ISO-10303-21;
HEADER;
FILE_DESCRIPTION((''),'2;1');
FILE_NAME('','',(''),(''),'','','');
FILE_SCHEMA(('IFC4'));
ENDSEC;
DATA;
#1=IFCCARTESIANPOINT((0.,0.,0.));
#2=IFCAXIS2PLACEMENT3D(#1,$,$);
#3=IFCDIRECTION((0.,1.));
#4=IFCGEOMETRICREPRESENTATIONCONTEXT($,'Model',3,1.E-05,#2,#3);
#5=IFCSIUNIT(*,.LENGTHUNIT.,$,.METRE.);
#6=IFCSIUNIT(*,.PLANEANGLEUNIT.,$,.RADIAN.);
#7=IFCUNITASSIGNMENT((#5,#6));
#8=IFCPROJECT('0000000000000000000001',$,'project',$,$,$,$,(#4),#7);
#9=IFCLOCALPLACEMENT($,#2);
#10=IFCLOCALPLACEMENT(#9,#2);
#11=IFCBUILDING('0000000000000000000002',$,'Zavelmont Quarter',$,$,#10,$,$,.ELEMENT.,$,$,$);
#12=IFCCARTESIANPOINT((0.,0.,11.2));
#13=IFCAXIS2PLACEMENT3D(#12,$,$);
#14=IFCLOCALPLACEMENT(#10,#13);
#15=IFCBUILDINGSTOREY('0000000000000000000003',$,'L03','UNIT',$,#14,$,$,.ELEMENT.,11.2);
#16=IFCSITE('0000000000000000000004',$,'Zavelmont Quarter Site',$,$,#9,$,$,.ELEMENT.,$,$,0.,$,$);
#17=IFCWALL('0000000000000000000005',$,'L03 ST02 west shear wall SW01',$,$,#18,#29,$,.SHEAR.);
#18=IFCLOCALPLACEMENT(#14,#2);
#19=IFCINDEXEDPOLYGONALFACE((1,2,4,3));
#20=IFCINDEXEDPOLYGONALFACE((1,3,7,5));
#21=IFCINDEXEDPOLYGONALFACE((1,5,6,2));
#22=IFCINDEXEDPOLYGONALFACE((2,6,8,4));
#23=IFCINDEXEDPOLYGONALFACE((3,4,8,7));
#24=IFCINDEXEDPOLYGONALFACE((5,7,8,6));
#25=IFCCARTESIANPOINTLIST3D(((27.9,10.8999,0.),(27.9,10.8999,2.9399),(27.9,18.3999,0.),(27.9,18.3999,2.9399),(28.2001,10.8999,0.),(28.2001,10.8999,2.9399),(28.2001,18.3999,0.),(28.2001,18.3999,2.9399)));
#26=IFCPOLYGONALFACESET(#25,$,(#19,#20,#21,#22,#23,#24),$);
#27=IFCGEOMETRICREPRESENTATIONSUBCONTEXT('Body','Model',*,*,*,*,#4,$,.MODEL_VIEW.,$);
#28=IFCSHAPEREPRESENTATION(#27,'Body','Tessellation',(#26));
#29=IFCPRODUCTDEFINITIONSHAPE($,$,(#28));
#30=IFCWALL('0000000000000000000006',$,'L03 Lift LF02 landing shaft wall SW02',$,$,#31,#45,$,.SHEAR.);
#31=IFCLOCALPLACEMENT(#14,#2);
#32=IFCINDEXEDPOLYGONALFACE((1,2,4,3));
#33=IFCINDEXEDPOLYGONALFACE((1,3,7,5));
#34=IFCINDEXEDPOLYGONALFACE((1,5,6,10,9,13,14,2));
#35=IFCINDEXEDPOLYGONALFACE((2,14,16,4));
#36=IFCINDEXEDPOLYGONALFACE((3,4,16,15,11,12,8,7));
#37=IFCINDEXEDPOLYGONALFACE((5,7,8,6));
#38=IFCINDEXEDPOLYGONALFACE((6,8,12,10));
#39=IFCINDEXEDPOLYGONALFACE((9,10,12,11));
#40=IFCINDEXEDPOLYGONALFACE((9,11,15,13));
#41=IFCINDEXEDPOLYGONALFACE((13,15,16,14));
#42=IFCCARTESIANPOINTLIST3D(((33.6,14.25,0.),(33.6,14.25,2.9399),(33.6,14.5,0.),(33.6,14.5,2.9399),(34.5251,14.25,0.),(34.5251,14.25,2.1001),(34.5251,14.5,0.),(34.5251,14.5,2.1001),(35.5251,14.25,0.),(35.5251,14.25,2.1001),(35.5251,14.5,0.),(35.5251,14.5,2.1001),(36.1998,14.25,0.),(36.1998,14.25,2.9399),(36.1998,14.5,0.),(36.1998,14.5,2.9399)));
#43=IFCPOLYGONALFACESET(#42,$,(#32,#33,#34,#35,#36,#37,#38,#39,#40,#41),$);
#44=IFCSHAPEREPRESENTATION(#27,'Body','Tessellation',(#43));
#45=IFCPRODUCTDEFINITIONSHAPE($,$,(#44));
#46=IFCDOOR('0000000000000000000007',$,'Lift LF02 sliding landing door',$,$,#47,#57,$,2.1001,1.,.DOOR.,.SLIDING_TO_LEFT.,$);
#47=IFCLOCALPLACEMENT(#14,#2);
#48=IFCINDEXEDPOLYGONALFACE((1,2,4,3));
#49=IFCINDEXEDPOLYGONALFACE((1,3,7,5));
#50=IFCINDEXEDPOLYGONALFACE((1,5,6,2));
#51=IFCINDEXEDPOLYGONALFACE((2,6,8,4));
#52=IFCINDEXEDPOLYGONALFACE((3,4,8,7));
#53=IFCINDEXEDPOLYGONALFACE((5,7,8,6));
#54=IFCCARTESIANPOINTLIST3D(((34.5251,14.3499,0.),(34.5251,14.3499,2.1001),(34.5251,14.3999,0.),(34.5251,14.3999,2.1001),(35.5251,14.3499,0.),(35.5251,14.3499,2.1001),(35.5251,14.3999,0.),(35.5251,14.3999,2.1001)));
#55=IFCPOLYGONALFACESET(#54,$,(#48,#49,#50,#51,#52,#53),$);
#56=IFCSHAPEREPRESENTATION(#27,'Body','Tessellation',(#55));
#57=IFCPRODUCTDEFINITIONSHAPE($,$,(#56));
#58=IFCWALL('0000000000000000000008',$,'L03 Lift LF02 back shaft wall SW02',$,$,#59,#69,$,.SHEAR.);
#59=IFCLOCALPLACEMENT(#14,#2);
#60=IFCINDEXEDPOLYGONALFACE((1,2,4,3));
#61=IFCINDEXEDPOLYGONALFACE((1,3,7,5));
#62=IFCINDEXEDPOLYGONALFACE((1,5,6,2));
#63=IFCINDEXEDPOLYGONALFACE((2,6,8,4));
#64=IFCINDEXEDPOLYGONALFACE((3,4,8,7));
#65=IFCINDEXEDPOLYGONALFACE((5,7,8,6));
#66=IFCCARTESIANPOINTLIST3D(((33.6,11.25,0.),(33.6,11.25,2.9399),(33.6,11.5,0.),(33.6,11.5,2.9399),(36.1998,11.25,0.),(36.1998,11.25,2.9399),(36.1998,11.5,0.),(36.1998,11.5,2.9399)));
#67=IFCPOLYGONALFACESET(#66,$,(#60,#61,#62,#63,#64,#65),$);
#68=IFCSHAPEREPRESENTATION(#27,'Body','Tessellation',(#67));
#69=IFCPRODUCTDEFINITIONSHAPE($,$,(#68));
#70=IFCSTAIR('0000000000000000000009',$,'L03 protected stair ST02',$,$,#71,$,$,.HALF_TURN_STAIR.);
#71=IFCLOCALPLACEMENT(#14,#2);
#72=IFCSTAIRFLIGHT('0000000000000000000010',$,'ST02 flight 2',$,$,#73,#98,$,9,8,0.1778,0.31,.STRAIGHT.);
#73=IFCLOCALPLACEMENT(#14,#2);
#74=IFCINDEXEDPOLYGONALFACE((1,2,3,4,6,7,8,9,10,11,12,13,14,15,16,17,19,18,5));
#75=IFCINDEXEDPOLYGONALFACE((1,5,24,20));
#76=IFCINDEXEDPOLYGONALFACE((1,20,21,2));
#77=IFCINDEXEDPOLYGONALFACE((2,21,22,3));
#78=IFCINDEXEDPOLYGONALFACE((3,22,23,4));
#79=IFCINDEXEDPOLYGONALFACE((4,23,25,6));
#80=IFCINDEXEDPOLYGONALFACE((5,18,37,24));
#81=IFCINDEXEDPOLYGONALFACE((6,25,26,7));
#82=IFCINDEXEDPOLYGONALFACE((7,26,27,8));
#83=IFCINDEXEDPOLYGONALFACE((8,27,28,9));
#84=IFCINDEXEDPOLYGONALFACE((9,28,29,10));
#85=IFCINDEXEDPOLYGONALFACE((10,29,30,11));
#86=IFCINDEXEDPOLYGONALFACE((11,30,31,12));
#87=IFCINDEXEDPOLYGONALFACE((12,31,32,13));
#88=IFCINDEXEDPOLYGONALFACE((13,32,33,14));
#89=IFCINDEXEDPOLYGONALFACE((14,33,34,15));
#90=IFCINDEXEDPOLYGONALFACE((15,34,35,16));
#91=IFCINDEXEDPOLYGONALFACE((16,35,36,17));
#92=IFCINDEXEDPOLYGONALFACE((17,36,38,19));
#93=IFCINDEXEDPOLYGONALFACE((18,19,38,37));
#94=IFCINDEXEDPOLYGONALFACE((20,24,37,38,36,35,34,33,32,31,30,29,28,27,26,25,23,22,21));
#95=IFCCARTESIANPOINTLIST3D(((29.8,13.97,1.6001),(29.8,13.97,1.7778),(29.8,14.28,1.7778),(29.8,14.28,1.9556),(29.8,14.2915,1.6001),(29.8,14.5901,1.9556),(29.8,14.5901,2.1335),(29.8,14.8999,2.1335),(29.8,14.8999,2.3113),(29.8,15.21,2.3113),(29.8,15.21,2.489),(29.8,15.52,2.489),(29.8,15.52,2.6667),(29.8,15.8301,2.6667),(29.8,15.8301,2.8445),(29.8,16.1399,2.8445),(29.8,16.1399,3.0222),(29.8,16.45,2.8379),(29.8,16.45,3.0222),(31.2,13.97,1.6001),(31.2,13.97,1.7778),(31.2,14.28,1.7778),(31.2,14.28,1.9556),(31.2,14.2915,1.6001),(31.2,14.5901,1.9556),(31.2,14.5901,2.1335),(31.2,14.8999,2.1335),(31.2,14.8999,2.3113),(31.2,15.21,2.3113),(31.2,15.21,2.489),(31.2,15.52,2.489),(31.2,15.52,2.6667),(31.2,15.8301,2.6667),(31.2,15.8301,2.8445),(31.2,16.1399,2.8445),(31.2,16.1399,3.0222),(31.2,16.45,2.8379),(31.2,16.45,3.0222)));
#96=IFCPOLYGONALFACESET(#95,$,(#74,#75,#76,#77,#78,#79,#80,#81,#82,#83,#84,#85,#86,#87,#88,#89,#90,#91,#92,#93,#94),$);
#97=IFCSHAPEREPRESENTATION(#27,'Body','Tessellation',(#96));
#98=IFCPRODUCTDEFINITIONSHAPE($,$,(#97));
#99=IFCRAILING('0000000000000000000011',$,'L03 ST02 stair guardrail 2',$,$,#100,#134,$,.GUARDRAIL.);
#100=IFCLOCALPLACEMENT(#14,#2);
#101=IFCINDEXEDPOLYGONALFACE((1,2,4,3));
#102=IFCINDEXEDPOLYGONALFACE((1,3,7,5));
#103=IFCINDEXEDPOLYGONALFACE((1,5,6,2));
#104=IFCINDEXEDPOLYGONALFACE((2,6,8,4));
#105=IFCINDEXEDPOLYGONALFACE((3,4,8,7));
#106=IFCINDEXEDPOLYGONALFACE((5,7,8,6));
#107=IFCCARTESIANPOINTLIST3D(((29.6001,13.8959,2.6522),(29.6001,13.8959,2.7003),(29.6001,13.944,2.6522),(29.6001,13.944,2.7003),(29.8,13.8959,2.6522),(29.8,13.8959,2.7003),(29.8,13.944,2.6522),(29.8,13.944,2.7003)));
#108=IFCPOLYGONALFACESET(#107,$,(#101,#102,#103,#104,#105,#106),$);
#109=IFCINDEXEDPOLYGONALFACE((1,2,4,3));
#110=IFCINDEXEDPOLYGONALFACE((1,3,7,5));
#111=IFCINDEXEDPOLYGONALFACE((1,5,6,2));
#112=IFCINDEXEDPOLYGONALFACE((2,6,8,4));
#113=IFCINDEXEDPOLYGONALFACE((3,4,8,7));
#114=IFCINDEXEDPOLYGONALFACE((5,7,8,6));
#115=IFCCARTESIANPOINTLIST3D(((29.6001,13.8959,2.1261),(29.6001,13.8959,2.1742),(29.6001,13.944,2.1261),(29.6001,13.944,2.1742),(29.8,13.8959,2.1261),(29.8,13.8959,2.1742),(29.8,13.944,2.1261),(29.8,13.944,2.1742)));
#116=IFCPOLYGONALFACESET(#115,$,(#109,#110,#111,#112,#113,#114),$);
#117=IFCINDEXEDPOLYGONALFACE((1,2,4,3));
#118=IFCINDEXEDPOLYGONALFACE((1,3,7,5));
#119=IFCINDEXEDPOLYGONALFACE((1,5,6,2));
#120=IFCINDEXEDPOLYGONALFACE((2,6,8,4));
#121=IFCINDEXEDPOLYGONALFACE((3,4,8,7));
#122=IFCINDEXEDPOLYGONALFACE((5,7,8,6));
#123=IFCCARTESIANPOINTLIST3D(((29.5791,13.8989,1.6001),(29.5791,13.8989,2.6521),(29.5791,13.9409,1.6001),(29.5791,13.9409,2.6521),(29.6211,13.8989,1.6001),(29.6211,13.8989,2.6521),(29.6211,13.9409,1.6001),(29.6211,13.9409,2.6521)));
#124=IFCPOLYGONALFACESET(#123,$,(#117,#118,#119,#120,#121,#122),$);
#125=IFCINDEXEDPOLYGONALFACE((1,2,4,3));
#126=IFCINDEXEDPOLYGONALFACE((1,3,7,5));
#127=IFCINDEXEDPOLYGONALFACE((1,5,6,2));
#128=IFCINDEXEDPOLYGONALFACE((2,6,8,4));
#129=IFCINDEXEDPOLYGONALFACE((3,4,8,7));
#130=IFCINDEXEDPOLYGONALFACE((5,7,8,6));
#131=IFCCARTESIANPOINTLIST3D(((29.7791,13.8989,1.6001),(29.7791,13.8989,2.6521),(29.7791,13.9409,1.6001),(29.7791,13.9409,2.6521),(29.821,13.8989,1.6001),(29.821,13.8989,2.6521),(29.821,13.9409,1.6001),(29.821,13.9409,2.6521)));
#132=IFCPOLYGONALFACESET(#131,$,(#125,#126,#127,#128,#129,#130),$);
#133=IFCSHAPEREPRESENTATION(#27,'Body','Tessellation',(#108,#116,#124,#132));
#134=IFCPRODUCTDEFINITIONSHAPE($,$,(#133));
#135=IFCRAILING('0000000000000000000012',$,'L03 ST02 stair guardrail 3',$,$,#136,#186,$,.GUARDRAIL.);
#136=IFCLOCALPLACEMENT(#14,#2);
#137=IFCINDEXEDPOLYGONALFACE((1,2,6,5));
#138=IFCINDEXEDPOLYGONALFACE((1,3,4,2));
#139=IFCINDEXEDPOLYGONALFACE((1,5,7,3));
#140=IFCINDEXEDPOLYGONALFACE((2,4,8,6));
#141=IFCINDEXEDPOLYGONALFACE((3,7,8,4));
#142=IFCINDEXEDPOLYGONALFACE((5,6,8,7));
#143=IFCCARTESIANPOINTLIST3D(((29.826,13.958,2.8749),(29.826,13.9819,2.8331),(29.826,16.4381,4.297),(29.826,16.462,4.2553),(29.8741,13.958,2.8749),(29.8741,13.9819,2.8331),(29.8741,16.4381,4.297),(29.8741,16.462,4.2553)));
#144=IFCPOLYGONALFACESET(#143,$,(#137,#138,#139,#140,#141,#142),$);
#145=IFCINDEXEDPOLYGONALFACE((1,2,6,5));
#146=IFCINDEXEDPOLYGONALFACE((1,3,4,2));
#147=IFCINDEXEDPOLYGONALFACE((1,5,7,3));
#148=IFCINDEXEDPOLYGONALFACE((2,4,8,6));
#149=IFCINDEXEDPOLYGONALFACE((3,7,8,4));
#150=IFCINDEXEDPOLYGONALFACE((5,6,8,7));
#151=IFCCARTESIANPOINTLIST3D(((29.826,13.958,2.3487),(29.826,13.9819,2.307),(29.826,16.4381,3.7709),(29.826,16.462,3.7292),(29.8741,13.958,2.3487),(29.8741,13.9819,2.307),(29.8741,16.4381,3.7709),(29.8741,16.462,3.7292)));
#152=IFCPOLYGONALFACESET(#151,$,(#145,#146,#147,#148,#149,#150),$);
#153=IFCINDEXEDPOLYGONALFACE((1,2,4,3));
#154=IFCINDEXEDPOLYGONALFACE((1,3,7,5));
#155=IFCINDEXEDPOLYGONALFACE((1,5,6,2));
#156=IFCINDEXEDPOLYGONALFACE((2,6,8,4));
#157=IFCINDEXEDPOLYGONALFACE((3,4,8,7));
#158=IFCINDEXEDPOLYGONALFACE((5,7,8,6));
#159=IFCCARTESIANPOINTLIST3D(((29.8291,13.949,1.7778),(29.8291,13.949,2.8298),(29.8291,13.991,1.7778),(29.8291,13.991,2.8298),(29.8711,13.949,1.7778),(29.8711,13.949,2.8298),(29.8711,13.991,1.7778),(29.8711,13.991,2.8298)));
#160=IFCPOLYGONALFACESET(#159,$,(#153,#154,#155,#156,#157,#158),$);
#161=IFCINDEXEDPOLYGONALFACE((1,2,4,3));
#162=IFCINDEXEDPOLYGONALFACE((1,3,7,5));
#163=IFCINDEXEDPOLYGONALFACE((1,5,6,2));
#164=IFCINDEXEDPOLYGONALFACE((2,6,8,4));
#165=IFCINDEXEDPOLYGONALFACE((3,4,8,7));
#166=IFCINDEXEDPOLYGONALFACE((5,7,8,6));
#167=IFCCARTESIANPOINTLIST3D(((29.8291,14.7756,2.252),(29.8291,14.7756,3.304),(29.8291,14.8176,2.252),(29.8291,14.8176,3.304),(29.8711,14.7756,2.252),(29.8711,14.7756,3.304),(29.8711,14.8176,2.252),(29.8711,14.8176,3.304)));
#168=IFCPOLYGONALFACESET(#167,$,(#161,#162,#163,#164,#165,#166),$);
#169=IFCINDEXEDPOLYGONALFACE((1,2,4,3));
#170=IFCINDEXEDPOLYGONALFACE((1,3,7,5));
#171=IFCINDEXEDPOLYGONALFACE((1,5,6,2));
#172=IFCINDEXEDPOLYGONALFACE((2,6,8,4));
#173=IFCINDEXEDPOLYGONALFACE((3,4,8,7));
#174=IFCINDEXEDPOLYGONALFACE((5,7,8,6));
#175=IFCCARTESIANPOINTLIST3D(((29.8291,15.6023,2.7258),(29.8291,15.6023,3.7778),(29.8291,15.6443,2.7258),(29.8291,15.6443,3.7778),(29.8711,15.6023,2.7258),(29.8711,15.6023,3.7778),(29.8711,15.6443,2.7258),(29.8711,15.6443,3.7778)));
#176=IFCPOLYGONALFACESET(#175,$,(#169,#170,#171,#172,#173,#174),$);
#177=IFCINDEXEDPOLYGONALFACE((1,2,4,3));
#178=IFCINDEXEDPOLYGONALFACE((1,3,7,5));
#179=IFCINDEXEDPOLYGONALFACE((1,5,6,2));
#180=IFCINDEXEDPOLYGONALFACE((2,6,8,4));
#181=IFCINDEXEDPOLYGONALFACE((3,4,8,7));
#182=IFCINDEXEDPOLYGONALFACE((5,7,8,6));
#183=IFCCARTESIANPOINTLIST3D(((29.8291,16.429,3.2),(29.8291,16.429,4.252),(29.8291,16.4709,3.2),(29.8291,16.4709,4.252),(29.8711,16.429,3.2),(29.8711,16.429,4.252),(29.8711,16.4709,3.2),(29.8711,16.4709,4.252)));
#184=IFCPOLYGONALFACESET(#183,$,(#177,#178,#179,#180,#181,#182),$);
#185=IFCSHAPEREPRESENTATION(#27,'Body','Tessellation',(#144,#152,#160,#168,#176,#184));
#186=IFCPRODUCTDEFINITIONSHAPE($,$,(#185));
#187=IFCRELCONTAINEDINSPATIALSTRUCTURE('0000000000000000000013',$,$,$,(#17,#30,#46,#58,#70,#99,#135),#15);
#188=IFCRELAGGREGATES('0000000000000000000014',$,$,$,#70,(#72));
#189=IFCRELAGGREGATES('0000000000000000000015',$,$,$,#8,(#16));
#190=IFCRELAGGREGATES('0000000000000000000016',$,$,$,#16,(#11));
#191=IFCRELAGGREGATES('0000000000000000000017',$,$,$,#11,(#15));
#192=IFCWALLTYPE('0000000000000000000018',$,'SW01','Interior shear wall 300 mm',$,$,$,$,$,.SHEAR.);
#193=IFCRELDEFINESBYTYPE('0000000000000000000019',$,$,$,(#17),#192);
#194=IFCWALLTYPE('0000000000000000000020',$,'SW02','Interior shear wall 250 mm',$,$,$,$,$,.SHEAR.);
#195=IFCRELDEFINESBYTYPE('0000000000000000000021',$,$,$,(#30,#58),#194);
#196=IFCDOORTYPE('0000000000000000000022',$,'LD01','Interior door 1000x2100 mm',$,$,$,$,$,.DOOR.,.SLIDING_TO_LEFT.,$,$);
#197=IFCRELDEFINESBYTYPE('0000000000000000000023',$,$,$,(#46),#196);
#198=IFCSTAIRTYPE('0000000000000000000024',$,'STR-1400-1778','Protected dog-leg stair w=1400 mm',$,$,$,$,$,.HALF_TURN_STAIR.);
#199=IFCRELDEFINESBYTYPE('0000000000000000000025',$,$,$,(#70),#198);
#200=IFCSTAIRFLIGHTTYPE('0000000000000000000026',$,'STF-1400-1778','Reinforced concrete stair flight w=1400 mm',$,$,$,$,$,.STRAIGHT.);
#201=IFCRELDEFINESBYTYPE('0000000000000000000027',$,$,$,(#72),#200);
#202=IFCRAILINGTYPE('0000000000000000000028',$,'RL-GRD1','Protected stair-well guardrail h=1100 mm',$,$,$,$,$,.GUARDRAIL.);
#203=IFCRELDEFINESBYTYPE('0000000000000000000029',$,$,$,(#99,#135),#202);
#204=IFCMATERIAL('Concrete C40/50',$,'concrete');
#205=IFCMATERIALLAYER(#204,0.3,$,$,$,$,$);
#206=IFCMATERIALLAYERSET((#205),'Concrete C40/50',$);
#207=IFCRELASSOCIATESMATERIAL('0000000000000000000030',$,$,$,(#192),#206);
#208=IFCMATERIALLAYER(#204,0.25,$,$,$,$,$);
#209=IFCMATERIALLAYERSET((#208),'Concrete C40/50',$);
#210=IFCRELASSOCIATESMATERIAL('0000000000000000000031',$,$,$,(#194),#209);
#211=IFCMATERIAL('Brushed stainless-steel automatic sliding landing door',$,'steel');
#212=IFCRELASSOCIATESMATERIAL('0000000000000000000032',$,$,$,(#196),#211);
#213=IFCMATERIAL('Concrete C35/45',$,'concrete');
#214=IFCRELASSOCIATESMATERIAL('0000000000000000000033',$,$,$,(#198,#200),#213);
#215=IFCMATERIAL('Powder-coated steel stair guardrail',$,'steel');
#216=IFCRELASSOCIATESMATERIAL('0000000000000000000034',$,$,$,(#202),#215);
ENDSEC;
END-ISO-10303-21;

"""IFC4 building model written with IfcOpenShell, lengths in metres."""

from ifc_helpers import new_model, si_unit, direction, frame, frame_2d, origin, origin_with_axes, origin_2d, place, context, subcontext, project, spatial, polyline, rectangle, outline, extrude, material, layer, layer_set, type_object, element, fill, aggregate, save


model = new_model("IFC4")

# Units and contexts
model_context = context("Model", 3, precision=1e-05, world=origin(), true_north=direction((0.0, 1.0)))
body_context = subcontext(model_context, "Body", "Model", "MODEL_VIEW")
ifc_project = project(units=[si_unit("LENGTHUNIT", "METRE"), si_unit("PLANEANGLEUNIT", "RADIAN")], contexts=[model_context])

# Site, building, storey
site_placement = place(None, origin())
site = spatial("IfcSite", under=ifc_project, at=site_placement, Name="Zavelmont Quarter Site", CompositionType="ELEMENT", RefElevation=0.0)
building_placement = place(site_placement, origin())
building = spatial("IfcBuilding", under=site, at=building_placement, Name="Zavelmont Quarter", CompositionType="ELEMENT")
storey_placement = place(building_placement, frame((0.0, 0.0, 11.2)))
storey = spatial("IfcBuildingStorey", under=building, at=storey_placement, Name="L03", Description="UNIT", CompositionType="ELEMENT", Elevation=11.2)

# Shared definitions
ifc_material_1 = material(Name="Concrete C40/50", Category="concrete")

# Shared definitions
ifc_material_2 = material(Name="Concrete C35/45", Category="concrete")

# Wall
ifc_layer_1 = layer(ifc_material_1, 0.3)
ifc_layer_set_1 = layer_set([ifc_layer_1], Name="Concrete C40/50")
wall_type_1 = type_object("IfcWallType", Name="SW01", Description="Interior shear wall 300 mm", PredefinedType="SHEAR", material=ifc_layer_set_1)
wall_1_placement = place(storey_placement, frame((28.05, 10.8999, 0.0), z_axis=(0.0, 0.0, 1.0), x_axis=(0.0, 1.0, 0.0)))
element("IfcWall", 1, at=wall_1_placement, inside=storey, type_object=wall_type_1, Name="L03 ST02 west shear wall SW01", PredefinedType="SHEAR", context=body_context, shape_type="SweptSolid", body=[
    extrude(rectangle(XDim=7.5, YDim=0.3, at=frame_2d((3.75, 0.0))), origin(), (0.0, 0.0, 1.0), 2.9399),
])

# Wall, opening, door
ifc_layer_2 = layer(ifc_material_1, 0.25)
ifc_layer_set_2 = layer_set([ifc_layer_2], Name="Concrete C40/50")
wall_type_2 = type_object("IfcWallType", Name="SW02", Description="Interior shear wall 250 mm", PredefinedType="SHEAR", material=ifc_layer_set_2)
wall_2_placement = place(storey_placement, frame((33.6001, 14.375, 0.0), z_axis=(0.0, 0.0, 1.0), x_axis=(1.0, 0.0, 0.0)))
wall_2 = element("IfcWall", 2, at=wall_2_placement, inside=storey, type_object=wall_type_2, Name="L03 Lift LF02 landing shaft wall SW02", PredefinedType="SHEAR", context=body_context, shape_type="SweptSolid", body=[
    extrude(rectangle(XDim=2.5999, YDim=0.25, at=frame_2d((1.2998, 0.0))), origin(), (0.0, 0.0, 1.0), 2.9399),
])
opening_1_placement = place(wall_2_placement, frame((0.925, 0.0, 0.0)))
opening_1 = element("IfcOpeningElement", 3, at=opening_1_placement, cuts=wall_2, PredefinedType="OPENING", context=body_context, shape_type="SweptSolid", body=[
    extrude(rectangle(XDim=1.0, YDim=2.1001, at=frame_2d((0.5, 1.05))), frame((0.0, 0.137, 0.0), z_axis=(0.0, -1.0, 0.0), x_axis=(1.0, 0.0, 0.0)), (0.0, 0.0, 1.0), 0.2739),
])
ifc_material_3 = material(Name="Brushed stainless-steel automatic sliding landing door", Category="steel")
door_type_1 = type_object("IfcDoorType", Name="LD01", Description="Interior door 1000x2100 mm", OperationType="SLIDING_TO_LEFT", PredefinedType="DOOR", material=ifc_material_3)
door_1_placement = place(opening_1_placement, origin_with_axes())
door_1 = element("IfcDoor", 4, at=door_1_placement, inside=storey, type_object=door_type_1, Name="Lift LF02 sliding landing door", OperationType="SLIDING_TO_LEFT", OverallHeight=2.1001, OverallWidth=1.0, PredefinedType="DOOR", context=body_context, shape_type="SweptSolid", body=[
    extrude(rectangle(XDim=1.0, YDim=2.1001, at=frame_2d((0.5, 1.05))), frame((0.0, 0.0249, 0.0), z_axis=(0.0, -1.0, 0.0), x_axis=(1.0, 0.0, 0.0)), (0.0, 0.0, 1.0), 0.05),
])
fill(opening_1, door_1)

# Wall
wall_3_placement = place(storey_placement, frame((33.6001, 11.375, 0.0), z_axis=(0.0, 0.0, 1.0), x_axis=(1.0, 0.0, 0.0)))
element("IfcWall", 5, at=wall_3_placement, inside=storey, type_object=wall_type_2, Name="L03 Lift LF02 back shaft wall SW02", PredefinedType="SHEAR", context=body_context, shape_type="SweptSolid", body=[
    extrude(rectangle(XDim=2.5999, YDim=0.25, at=frame_2d((1.2998, 0.0))), origin(), (0.0, 0.0, 1.0), 2.9399),
])

# Stair, stair flight
stair_type = type_object("IfcStairType", Name="STR-1400-1778", Description="Protected dog-leg stair w=1400 mm", PredefinedType="HALF_TURN_STAIR", material=ifc_material_2)
stair_placement = place(storey_placement, origin())
stair = element("IfcStair", 6, at=stair_placement, inside=storey, type_object=stair_type, Name="L03 protected stair ST02", PredefinedType="HALF_TURN_STAIR")
stair_flight_type = type_object("IfcStairFlightType", Name="STF-1400-1778", Description="Reinforced concrete stair flight w=1400 mm", PredefinedType="STRAIGHT", material=ifc_material_2)
stair_flight_placement = place(storey_placement, frame((30.5, 13.97, 1.6001), z_axis=(0.0, 0.0, 1.0), x_axis=(0.0, 1.0, 0.0)))
stair_flight = element("IfcStairFlight", 7, at=stair_flight_placement, type_object=stair_flight_type, Name="ST02 flight 2", NumberOfRisers=9, NumberOfTreads=8, PredefinedType="STRAIGHT", RiserHeight=0.1778, TreadLength=0.31, context=body_context, shape_type="SweptSolid", body=[
    extrude(outline(polyline([(0.0, 0.0), (0.0, 0.1777), (0.3101, 0.1777), (0.3101, 0.3555), (0.6201, 0.3555), (0.6201, 0.5334), (0.9299, 0.5334), (0.9299, 0.7112), (1.24, 0.7112), (1.24, 0.8889), (1.55, 0.8889), (1.55, 1.0667), (1.8601, 1.0667), (1.8601, 1.2444), (2.1699, 1.2444), (2.1699, 1.4221), (2.48, 1.4221), (2.48, 1.6001), (2.48, 1.2378), (0.3215, 0.0), (0.0, 0.0)])), frame((0.0, 0.7, 0.0), z_axis=(0.0, -1.0, 0.0), x_axis=(1.0, 0.0, 0.0)), (0.0, 0.0, 1.0), 1.3999),
])
aggregate(stair, [stair_flight])

# Railings
ifc_material_4 = material(Name="Powder-coated steel stair guardrail", Category="steel")
railing_type_1 = type_object("IfcRailingType", Name="RL-GRD1", Description="Protected stair-well guardrail h=1100 mm", PredefinedType="GUARDRAIL", material=ifc_material_4)
railing_1_placement = place(storey_placement, frame((29.6001, 13.9199, 1.6001)))
element("IfcRailing", 8, at=railing_1_placement, inside=storey, type_object=railing_type_1, Name="L03 ST02 stair guardrail 2", PredefinedType="GUARDRAIL", context=body_context, shape_type="SweptSolid", body=[
    extrude(rectangle(XDim=0.0481, YDim=0.0481, at=origin_2d()), frame((0.0, 0.0, 1.0762), z_axis=(1.0, 0.0, 0.0), x_axis=(0.0, 1.0, 0.0)), (0.0, 0.0, 1.0), 0.2),
    extrude(rectangle(XDim=0.0481, YDim=0.0481, at=origin_2d()), frame((0.0, 0.0, 0.55), z_axis=(1.0, 0.0, 0.0), x_axis=(0.0, 1.0, 0.0)), (0.0, 0.0, 1.0), 0.2),
    extrude(rectangle(XDim=0.042, YDim=0.042, at=origin_2d()), origin(), (0.0, 0.0, 1.0), 1.052),
    extrude(rectangle(XDim=0.042, YDim=0.042, at=origin_2d()), frame((0.2, 0.0, 0.0)), (0.0, 0.0, 1.0), 1.052),
])
railing_2_placement = place(storey_placement, frame((29.8501, 13.97, 1.7778)))
element("IfcRailing", 9, at=railing_2_placement, inside=storey, type_object=railing_type_1, Name="L03 ST02 stair guardrail 3", PredefinedType="GUARDRAIL", context=body_context, shape_type="SweptSolid", body=[
    extrude(rectangle(XDim=0.0481, YDim=0.0481, at=origin_2d()), frame((0.0, 0.0, 1.0762), z_axis=(0.0, 0.867491, 0.497454), x_axis=(-1.0, 0.0, 0.0)), (0.0, 0.0, 1.0), 2.8589),
    extrude(rectangle(XDim=0.0481, YDim=0.0481, at=origin_2d()), frame((0.0, 0.0, 0.55), z_axis=(0.0, 0.867491, 0.497454), x_axis=(-1.0, 0.0, 0.0)), (0.0, 0.0, 1.0), 2.8589),
    extrude(rectangle(XDim=0.042, YDim=0.042, at=origin_2d()), origin(), (0.0, 0.0, 1.0), 1.052),
    extrude(rectangle(XDim=0.042, YDim=0.042, at=origin_2d()), frame((0.0, 0.8267, 0.4741)), (0.0, 0.0, 1.0), 1.052),
    extrude(rectangle(XDim=0.042, YDim=0.042, at=origin_2d()), frame((0.0, 1.6533, 0.948)), (0.0, 0.0, 1.0), 1.052),
    extrude(rectangle(XDim=0.042, YDim=0.042, at=origin_2d()), frame((0.0, 2.48, 1.4221)), (0.0, 0.0, 1.0), 1.052),
])

save(model, "model.ifc")
